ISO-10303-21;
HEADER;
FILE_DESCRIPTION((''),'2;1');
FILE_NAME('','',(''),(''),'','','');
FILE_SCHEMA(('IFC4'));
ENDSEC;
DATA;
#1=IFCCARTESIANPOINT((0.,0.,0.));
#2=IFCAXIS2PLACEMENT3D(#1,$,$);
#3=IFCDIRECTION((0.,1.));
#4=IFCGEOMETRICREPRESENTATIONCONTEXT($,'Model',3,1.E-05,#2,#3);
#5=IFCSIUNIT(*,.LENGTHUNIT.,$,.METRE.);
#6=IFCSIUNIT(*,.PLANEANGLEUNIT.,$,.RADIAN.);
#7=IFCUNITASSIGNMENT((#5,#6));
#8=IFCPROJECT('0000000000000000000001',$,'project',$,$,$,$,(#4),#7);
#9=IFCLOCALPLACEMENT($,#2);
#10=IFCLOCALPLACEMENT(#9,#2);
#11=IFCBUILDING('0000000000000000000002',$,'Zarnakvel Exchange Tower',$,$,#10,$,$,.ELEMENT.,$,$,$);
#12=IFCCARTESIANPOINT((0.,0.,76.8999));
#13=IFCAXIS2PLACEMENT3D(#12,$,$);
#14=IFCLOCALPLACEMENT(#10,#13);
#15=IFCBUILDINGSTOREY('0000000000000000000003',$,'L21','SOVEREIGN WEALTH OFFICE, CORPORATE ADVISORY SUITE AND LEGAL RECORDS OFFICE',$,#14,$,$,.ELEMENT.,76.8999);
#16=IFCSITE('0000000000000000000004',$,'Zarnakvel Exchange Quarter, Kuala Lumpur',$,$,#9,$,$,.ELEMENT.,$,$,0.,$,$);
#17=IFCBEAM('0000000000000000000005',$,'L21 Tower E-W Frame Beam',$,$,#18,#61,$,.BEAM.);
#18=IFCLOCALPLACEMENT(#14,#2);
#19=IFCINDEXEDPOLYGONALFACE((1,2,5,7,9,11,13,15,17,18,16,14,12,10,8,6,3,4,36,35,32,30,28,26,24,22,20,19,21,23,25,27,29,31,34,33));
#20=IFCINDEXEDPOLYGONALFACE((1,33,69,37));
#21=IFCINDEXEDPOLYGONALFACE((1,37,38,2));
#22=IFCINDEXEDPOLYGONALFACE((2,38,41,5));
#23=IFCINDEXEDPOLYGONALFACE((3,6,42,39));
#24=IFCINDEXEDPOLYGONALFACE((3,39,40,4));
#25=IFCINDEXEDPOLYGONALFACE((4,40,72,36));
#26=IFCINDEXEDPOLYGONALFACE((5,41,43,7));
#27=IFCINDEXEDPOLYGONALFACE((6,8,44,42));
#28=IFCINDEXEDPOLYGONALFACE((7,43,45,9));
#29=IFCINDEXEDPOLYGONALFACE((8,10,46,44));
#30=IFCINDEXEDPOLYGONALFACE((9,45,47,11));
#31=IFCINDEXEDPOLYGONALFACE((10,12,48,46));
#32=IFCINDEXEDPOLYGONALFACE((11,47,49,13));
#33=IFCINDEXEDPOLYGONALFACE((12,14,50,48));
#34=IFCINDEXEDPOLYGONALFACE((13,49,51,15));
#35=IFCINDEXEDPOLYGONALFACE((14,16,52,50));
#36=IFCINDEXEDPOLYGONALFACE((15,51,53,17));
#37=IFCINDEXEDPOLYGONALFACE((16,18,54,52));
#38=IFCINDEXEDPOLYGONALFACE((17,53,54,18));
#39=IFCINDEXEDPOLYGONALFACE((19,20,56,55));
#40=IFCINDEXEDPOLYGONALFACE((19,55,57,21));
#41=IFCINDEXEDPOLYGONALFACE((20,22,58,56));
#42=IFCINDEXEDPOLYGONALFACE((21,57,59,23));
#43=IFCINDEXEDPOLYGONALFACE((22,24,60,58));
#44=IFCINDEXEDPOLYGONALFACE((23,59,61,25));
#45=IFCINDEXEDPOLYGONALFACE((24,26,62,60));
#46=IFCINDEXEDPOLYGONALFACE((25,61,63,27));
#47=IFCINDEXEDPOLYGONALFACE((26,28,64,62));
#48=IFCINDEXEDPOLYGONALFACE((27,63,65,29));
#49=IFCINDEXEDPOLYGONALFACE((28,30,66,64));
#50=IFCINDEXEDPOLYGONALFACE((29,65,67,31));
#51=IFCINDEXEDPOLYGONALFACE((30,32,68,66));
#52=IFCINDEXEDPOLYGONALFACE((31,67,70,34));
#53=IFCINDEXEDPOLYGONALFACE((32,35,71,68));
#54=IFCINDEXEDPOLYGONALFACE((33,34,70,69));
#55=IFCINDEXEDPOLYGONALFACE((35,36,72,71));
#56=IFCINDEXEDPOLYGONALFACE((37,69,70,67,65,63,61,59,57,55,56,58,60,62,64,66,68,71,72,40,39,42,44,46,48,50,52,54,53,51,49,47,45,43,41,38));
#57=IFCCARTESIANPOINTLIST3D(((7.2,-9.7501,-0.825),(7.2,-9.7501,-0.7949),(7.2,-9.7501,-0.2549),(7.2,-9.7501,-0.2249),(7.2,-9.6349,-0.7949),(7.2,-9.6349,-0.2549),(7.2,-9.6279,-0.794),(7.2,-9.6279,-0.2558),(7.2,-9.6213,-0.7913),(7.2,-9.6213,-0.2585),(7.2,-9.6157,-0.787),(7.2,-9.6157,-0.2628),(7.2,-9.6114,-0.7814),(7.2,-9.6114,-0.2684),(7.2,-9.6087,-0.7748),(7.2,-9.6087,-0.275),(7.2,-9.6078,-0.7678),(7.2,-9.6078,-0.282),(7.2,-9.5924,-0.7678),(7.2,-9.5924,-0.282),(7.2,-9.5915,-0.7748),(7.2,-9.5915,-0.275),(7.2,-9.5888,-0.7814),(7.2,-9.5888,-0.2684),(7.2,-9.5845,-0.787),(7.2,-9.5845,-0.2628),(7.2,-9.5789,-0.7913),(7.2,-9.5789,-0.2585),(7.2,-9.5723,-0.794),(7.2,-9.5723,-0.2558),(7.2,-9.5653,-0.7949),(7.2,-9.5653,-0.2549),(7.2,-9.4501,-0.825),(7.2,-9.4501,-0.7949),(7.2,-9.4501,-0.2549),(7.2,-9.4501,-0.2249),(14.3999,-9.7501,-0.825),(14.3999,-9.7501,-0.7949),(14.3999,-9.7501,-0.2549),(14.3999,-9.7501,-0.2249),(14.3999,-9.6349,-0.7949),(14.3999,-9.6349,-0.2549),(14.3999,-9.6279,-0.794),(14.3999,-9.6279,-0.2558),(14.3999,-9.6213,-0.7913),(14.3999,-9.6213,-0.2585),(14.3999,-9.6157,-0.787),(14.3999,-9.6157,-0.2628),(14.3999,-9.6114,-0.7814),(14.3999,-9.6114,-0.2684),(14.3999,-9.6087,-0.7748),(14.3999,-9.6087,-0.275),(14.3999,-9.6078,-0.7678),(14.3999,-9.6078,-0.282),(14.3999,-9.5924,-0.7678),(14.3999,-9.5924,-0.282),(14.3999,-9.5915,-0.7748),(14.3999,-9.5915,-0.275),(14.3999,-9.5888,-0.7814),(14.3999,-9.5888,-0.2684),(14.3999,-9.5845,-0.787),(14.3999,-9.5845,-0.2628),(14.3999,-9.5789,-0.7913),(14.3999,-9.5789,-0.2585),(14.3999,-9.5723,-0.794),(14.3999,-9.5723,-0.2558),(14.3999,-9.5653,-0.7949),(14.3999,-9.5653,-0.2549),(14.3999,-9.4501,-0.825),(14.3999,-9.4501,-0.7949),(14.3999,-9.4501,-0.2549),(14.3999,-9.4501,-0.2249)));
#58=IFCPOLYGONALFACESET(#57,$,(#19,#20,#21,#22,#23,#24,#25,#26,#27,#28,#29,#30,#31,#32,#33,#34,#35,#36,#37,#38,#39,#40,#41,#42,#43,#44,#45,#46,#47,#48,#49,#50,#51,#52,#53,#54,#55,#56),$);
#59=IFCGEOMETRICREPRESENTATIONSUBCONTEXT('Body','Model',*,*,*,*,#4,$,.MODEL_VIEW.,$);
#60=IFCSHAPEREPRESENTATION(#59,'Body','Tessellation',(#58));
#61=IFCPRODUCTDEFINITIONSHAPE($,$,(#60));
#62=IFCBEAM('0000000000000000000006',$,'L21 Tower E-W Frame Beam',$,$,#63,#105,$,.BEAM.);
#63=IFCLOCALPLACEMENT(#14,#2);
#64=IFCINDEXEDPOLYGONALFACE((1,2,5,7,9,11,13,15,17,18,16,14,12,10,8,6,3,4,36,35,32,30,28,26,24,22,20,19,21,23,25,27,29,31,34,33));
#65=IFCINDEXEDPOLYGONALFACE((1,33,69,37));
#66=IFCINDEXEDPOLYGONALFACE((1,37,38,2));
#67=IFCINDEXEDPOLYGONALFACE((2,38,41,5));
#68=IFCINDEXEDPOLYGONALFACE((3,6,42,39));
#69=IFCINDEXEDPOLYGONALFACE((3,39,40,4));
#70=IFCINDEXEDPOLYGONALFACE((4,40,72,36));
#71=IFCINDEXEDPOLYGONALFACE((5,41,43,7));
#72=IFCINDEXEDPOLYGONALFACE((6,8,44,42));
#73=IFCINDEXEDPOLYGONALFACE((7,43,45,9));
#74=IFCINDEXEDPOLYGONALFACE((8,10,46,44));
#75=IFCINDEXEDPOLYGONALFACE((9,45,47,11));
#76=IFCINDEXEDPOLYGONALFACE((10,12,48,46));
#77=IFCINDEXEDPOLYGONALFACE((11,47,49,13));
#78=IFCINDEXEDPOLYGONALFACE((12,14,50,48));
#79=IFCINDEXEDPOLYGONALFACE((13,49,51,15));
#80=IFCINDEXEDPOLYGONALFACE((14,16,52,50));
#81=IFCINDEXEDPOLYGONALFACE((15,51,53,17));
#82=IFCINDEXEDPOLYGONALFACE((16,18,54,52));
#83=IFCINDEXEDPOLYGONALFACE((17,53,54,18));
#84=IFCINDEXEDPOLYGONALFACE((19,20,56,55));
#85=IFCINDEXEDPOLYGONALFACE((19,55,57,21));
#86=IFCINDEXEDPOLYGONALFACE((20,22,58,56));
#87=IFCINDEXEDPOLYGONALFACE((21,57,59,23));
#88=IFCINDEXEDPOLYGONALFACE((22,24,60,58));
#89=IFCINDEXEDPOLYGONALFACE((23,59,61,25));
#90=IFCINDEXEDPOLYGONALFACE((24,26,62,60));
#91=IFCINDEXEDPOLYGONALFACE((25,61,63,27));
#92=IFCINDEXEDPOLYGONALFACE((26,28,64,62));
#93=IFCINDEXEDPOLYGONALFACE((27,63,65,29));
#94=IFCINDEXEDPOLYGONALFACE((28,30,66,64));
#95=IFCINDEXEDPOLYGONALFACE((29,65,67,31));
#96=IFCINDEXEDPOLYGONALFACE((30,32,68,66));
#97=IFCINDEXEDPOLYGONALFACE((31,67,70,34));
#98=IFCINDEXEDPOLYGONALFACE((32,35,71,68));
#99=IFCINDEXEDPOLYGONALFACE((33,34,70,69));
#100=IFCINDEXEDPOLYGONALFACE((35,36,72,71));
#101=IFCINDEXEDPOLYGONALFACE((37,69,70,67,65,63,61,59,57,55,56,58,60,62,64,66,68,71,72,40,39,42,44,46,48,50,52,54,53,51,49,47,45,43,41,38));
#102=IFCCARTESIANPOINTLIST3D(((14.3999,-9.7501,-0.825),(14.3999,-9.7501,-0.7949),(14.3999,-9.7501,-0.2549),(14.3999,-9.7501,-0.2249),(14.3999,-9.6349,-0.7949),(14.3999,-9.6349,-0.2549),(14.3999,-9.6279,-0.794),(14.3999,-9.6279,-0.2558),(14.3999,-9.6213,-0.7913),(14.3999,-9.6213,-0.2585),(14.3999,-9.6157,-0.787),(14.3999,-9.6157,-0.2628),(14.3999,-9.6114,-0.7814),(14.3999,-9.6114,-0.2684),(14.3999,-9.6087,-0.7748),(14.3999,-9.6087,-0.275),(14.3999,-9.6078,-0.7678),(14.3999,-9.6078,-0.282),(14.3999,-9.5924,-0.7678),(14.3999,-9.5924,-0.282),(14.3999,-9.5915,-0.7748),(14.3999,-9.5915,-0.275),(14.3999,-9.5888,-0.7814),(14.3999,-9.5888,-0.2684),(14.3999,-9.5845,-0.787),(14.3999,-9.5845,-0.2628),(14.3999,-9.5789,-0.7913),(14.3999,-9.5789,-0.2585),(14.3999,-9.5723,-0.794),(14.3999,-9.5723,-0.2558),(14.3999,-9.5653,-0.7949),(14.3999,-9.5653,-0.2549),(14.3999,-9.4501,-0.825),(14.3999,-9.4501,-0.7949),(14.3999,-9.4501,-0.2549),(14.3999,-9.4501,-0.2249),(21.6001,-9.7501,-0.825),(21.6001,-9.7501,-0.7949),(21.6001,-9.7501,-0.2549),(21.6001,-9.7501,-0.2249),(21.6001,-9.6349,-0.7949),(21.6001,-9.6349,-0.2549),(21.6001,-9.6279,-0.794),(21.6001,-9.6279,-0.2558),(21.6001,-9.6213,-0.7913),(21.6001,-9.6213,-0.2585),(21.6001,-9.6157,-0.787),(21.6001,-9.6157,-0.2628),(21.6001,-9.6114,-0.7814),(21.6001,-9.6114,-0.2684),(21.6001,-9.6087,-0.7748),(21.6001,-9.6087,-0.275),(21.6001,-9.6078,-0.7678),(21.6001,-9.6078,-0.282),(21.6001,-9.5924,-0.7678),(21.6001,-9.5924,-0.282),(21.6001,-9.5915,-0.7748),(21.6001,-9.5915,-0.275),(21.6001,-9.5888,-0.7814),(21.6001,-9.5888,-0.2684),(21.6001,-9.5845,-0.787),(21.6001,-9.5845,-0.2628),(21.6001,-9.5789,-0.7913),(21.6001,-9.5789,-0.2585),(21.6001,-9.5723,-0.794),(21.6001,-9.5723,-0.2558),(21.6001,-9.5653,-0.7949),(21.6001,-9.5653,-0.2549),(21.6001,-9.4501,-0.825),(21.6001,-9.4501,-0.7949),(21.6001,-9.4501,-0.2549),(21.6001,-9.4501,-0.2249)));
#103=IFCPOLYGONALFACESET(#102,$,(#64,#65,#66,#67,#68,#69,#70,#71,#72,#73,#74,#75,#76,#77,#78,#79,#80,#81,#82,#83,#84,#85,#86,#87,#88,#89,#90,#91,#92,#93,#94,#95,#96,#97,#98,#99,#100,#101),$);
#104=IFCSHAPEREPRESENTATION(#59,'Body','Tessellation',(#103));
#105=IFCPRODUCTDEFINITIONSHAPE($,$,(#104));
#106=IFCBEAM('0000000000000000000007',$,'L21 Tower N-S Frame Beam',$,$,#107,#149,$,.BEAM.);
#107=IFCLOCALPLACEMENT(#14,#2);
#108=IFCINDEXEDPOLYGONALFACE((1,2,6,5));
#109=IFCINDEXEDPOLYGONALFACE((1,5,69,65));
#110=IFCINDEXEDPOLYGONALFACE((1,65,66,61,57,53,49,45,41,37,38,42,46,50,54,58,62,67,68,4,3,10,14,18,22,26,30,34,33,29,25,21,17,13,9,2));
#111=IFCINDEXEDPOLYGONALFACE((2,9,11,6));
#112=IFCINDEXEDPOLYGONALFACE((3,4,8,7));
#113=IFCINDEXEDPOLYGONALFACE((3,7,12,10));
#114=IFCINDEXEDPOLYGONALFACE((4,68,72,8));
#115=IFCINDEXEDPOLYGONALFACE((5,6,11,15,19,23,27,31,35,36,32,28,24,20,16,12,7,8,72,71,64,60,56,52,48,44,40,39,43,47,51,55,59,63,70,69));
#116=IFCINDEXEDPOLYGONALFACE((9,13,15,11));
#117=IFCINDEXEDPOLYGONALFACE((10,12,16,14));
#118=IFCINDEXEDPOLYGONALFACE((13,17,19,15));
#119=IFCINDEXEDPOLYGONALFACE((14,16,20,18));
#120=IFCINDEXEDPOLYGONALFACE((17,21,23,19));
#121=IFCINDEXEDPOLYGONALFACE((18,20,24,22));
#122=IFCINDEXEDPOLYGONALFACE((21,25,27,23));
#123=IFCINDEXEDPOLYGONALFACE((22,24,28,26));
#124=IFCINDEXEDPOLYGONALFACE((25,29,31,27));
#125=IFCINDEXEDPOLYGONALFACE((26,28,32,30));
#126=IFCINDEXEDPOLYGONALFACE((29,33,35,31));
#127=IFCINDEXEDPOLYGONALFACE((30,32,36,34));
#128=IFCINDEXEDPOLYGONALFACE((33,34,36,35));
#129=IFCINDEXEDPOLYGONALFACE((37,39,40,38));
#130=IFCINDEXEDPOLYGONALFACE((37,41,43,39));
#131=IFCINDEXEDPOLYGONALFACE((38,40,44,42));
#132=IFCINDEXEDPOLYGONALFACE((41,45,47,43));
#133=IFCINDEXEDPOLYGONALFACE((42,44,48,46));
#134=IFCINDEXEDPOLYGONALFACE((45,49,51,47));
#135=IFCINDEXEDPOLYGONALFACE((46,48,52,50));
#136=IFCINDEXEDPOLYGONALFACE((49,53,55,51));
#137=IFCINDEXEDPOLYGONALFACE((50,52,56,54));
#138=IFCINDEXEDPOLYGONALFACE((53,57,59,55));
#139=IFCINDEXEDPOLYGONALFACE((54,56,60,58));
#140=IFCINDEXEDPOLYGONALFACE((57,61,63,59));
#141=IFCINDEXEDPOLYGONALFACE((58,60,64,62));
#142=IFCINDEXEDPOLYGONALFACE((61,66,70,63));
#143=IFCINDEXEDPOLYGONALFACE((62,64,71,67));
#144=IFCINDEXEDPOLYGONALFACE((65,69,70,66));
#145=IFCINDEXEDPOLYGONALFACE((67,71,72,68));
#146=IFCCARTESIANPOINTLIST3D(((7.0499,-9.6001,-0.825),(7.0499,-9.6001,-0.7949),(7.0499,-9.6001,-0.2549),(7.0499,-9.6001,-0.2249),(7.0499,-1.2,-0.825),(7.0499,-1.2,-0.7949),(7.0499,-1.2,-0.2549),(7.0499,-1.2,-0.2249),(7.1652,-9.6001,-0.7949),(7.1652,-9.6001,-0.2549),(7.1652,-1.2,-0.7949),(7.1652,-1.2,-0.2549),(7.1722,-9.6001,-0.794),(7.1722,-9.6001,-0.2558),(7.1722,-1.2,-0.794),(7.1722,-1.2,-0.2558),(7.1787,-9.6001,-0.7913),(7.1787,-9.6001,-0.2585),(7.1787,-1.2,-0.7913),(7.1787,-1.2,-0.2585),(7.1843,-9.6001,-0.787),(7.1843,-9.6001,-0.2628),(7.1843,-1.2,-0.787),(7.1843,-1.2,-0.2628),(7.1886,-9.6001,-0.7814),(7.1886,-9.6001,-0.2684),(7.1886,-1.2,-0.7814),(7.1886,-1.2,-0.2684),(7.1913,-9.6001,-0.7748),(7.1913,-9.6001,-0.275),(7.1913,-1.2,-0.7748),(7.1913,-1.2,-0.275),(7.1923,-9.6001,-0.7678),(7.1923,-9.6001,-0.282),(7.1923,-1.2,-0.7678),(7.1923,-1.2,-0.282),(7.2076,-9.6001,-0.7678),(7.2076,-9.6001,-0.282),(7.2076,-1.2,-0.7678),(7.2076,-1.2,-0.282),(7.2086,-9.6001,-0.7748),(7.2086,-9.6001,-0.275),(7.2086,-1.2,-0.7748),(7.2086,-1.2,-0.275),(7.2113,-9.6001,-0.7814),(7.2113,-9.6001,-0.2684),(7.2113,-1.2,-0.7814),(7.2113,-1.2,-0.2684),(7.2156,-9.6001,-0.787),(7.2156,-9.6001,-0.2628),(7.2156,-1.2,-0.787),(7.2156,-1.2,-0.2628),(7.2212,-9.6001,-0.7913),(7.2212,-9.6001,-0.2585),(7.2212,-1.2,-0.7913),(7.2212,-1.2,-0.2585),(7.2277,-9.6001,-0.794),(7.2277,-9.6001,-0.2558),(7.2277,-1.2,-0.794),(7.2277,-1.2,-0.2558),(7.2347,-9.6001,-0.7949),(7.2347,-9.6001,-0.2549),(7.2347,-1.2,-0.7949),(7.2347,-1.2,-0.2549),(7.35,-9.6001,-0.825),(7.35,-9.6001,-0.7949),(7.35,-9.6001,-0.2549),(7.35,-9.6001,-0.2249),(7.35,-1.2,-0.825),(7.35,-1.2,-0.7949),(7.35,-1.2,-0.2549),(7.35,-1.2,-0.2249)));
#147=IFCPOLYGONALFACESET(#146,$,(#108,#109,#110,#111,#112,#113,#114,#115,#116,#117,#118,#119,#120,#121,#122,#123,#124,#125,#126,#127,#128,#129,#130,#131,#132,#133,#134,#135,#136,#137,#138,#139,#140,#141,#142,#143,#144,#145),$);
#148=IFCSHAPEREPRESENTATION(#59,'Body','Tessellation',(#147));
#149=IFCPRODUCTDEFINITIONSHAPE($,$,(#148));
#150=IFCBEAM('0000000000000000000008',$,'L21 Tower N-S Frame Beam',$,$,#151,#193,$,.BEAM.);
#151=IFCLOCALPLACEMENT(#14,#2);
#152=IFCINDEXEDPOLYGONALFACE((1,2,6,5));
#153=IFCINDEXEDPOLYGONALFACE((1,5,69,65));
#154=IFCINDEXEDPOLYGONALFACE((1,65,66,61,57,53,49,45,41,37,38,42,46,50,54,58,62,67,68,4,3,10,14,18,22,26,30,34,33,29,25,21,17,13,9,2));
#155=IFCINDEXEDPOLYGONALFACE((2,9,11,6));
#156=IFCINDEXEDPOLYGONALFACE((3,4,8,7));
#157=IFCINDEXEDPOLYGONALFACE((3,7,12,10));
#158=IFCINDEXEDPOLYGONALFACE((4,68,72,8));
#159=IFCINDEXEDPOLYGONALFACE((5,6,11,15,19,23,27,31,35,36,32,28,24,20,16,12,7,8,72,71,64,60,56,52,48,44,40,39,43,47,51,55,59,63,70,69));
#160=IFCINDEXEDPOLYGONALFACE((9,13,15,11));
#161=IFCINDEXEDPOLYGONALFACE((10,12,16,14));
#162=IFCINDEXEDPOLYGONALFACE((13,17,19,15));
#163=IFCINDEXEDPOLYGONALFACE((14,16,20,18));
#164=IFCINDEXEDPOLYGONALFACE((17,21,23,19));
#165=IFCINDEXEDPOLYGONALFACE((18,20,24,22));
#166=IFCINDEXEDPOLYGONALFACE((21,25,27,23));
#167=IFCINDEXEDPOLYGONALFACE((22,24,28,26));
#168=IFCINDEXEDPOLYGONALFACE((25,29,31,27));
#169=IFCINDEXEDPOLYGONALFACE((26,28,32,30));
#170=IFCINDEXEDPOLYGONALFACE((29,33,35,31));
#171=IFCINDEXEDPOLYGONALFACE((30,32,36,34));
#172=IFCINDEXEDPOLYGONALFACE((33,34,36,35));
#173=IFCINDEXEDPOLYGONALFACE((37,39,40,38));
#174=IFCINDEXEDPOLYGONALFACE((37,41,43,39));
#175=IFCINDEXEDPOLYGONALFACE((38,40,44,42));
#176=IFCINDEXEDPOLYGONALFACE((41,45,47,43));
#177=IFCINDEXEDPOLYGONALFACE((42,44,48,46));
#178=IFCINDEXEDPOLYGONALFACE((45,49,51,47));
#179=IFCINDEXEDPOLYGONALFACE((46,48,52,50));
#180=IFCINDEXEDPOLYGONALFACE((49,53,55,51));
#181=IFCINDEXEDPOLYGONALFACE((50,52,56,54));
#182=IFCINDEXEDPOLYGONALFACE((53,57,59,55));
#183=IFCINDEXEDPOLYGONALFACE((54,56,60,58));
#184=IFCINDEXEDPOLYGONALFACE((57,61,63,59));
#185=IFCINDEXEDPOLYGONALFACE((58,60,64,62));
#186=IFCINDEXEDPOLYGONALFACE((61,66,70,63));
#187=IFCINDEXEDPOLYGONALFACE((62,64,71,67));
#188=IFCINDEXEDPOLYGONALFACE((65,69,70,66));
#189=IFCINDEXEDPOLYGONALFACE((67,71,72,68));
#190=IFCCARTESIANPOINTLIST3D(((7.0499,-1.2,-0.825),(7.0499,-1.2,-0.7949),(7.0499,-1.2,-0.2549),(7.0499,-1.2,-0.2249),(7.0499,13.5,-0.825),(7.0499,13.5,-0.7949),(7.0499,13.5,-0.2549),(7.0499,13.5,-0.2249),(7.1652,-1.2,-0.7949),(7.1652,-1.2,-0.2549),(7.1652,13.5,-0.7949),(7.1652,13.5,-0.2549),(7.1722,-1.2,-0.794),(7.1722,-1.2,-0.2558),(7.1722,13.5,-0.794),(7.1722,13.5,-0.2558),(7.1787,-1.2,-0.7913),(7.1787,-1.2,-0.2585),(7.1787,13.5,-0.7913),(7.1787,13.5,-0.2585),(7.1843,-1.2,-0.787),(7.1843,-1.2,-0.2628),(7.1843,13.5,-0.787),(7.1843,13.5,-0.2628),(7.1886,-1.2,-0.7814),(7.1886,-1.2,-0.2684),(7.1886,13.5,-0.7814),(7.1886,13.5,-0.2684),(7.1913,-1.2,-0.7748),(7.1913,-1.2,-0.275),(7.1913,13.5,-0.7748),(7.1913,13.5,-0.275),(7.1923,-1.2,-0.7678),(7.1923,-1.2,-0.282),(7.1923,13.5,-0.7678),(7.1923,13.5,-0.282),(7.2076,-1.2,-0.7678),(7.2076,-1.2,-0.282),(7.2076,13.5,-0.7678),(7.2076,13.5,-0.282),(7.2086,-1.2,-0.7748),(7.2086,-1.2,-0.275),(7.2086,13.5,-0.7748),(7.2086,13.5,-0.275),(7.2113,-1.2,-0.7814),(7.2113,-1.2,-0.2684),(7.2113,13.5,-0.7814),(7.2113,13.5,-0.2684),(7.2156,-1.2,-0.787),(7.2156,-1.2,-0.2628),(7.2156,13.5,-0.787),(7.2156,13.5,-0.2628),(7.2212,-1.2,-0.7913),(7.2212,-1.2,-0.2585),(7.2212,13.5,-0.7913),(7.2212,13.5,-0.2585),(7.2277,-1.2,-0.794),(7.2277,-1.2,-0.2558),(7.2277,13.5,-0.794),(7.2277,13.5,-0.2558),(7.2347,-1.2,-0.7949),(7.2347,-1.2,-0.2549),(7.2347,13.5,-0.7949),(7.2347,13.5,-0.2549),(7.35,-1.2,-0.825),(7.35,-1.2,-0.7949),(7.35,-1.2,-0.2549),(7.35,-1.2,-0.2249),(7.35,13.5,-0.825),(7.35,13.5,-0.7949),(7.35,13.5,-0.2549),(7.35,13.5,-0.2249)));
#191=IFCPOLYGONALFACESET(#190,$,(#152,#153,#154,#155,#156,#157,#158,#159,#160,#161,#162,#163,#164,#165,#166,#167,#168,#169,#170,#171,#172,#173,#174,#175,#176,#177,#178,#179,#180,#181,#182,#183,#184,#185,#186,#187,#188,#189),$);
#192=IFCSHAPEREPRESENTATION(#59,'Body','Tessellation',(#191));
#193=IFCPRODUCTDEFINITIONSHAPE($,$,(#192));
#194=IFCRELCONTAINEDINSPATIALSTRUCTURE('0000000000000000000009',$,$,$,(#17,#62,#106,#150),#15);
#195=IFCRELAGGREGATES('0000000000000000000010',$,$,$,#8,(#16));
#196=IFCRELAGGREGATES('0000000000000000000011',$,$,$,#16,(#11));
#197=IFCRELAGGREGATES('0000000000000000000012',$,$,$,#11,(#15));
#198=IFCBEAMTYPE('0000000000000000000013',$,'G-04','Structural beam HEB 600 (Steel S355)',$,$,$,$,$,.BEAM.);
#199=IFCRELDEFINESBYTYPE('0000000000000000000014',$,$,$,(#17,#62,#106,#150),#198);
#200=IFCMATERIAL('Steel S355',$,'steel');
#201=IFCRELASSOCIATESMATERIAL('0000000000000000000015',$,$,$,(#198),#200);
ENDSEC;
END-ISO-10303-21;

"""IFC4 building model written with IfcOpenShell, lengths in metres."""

from ifc_helpers import new_model, si_unit, direction, frame, origin, origin_2d, place, context, subcontext, project, spatial, i_section, extrude, material, material_profile, profile_set, type_object, element, save


model = new_model("IFC4")

# Units and contexts
model_context = context("Model", 3, precision=1e-05, world=origin(), true_north=direction((0.0, 1.0)))
body_context = subcontext(model_context, "Body", "Model", "MODEL_VIEW")
ifc_project = project(units=[si_unit("LENGTHUNIT", "METRE"), si_unit("PLANEANGLEUNIT", "RADIAN")], contexts=[model_context])

# Site, building, storey
site_placement = place(None, origin())
site = spatial("IfcSite", under=ifc_project, at=site_placement, Name="Zarnakvel Exchange Quarter, Kuala Lumpur", CompositionType="ELEMENT", RefElevation=0.0)
building_placement = place(site_placement, origin())
building = spatial("IfcBuilding", under=site, at=building_placement, Name="Zarnakvel Exchange Tower", CompositionType="ELEMENT")
storey_placement = place(building_placement, frame((0.0, 0.0, 76.8999)))
storey = spatial("IfcBuildingStorey", under=building, at=storey_placement, Name="L21", Description="SOVEREIGN WEALTH OFFICE, CORPORATE ADVISORY SUITE AND LEGAL RECORDS OFFICE", CompositionType="ELEMENT", Elevation=76.8999)

# Beams
ifc_material_1 = material(Name="Steel S355", Category="steel")
ifc_material_profile_1 = material_profile(ifc_material_1, i_section(OverallWidth=0.3, OverallDepth=0.6001, WebThickness=0.0154, FlangeThickness=0.03, FilletRadius=0.0271, at=origin_2d()))
ifc_profile_set_1 = profile_set([ifc_material_profile_1], Name="Steel S355")
beam_type_1 = type_object("IfcBeamType", Name="G-04", Description="Structural beam HEB 600 (Steel S355)", PredefinedType="BEAM", material=ifc_profile_set_1)
beam_1_placement = place(storey_placement, frame((7.2, -9.6001, -0.5249), z_axis=(1.0, 0.0, 0.0), x_axis=(0.0, 1.0, 0.0)))
element("IfcBeam", 1, at=beam_1_placement, inside=storey, type_object=beam_type_1, Name="L21 Tower E-W Frame Beam", PredefinedType="BEAM", context=body_context, shape_type="SweptSolid", body=[
    extrude(i_section(OverallWidth=0.3, OverallDepth=0.6001, WebThickness=0.0154, FlangeThickness=0.03, FilletRadius=0.0271, at=origin_2d()), origin(), (0.0, 0.0, 1.0), 7.2),
])
beam_2_placement = place(storey_placement, frame((14.3999, -9.6001, -0.5249), z_axis=(1.0, 0.0, 0.0), x_axis=(0.0, 1.0, 0.0)))
element("IfcBeam", 2, at=beam_2_placement, inside=storey, type_object=beam_type_1, Name="L21 Tower E-W Frame Beam", PredefinedType="BEAM", context=body_context, shape_type="SweptSolid", body=[
    extrude(i_section(OverallWidth=0.3, OverallDepth=0.6001, WebThickness=0.0154, FlangeThickness=0.03, FilletRadius=0.0271, at=origin_2d()), origin(), (0.0, 0.0, 1.0), 7.2002),
])
beam_3_placement = place(storey_placement, frame((7.2, -9.6001, -0.5249), z_axis=(0.0, 1.0, 0.0), x_axis=(-1.0, 0.0, 0.0)))
element("IfcBeam", 3, at=beam_3_placement, inside=storey, type_object=beam_type_1, Name="L21 Tower N-S Frame Beam", PredefinedType="BEAM", context=body_context, shape_type="SweptSolid", body=[
    extrude(i_section(OverallWidth=0.3, OverallDepth=0.6001, WebThickness=0.0154, FlangeThickness=0.03, FilletRadius=0.0271, at=origin_2d()), origin(), (0.0, 0.0, 1.0), 8.4001),
])
beam_4_placement = place(storey_placement, frame((7.2, -1.2, -0.5249), z_axis=(0.0, 1.0, 0.0), x_axis=(-1.0, 0.0, 0.0)))
element("IfcBeam", 4, at=beam_4_placement, inside=storey, type_object=beam_type_1, Name="L21 Tower N-S Frame Beam", PredefinedType="BEAM", context=body_context, shape_type="SweptSolid", body=[
    extrude(i_section(OverallWidth=0.3, OverallDepth=0.6001, WebThickness=0.0154, FlangeThickness=0.03, FilletRadius=0.0271, at=origin_2d()), origin(), (0.0, 0.0, 1.0), 14.7),
])

save(model, "model.ifc")
